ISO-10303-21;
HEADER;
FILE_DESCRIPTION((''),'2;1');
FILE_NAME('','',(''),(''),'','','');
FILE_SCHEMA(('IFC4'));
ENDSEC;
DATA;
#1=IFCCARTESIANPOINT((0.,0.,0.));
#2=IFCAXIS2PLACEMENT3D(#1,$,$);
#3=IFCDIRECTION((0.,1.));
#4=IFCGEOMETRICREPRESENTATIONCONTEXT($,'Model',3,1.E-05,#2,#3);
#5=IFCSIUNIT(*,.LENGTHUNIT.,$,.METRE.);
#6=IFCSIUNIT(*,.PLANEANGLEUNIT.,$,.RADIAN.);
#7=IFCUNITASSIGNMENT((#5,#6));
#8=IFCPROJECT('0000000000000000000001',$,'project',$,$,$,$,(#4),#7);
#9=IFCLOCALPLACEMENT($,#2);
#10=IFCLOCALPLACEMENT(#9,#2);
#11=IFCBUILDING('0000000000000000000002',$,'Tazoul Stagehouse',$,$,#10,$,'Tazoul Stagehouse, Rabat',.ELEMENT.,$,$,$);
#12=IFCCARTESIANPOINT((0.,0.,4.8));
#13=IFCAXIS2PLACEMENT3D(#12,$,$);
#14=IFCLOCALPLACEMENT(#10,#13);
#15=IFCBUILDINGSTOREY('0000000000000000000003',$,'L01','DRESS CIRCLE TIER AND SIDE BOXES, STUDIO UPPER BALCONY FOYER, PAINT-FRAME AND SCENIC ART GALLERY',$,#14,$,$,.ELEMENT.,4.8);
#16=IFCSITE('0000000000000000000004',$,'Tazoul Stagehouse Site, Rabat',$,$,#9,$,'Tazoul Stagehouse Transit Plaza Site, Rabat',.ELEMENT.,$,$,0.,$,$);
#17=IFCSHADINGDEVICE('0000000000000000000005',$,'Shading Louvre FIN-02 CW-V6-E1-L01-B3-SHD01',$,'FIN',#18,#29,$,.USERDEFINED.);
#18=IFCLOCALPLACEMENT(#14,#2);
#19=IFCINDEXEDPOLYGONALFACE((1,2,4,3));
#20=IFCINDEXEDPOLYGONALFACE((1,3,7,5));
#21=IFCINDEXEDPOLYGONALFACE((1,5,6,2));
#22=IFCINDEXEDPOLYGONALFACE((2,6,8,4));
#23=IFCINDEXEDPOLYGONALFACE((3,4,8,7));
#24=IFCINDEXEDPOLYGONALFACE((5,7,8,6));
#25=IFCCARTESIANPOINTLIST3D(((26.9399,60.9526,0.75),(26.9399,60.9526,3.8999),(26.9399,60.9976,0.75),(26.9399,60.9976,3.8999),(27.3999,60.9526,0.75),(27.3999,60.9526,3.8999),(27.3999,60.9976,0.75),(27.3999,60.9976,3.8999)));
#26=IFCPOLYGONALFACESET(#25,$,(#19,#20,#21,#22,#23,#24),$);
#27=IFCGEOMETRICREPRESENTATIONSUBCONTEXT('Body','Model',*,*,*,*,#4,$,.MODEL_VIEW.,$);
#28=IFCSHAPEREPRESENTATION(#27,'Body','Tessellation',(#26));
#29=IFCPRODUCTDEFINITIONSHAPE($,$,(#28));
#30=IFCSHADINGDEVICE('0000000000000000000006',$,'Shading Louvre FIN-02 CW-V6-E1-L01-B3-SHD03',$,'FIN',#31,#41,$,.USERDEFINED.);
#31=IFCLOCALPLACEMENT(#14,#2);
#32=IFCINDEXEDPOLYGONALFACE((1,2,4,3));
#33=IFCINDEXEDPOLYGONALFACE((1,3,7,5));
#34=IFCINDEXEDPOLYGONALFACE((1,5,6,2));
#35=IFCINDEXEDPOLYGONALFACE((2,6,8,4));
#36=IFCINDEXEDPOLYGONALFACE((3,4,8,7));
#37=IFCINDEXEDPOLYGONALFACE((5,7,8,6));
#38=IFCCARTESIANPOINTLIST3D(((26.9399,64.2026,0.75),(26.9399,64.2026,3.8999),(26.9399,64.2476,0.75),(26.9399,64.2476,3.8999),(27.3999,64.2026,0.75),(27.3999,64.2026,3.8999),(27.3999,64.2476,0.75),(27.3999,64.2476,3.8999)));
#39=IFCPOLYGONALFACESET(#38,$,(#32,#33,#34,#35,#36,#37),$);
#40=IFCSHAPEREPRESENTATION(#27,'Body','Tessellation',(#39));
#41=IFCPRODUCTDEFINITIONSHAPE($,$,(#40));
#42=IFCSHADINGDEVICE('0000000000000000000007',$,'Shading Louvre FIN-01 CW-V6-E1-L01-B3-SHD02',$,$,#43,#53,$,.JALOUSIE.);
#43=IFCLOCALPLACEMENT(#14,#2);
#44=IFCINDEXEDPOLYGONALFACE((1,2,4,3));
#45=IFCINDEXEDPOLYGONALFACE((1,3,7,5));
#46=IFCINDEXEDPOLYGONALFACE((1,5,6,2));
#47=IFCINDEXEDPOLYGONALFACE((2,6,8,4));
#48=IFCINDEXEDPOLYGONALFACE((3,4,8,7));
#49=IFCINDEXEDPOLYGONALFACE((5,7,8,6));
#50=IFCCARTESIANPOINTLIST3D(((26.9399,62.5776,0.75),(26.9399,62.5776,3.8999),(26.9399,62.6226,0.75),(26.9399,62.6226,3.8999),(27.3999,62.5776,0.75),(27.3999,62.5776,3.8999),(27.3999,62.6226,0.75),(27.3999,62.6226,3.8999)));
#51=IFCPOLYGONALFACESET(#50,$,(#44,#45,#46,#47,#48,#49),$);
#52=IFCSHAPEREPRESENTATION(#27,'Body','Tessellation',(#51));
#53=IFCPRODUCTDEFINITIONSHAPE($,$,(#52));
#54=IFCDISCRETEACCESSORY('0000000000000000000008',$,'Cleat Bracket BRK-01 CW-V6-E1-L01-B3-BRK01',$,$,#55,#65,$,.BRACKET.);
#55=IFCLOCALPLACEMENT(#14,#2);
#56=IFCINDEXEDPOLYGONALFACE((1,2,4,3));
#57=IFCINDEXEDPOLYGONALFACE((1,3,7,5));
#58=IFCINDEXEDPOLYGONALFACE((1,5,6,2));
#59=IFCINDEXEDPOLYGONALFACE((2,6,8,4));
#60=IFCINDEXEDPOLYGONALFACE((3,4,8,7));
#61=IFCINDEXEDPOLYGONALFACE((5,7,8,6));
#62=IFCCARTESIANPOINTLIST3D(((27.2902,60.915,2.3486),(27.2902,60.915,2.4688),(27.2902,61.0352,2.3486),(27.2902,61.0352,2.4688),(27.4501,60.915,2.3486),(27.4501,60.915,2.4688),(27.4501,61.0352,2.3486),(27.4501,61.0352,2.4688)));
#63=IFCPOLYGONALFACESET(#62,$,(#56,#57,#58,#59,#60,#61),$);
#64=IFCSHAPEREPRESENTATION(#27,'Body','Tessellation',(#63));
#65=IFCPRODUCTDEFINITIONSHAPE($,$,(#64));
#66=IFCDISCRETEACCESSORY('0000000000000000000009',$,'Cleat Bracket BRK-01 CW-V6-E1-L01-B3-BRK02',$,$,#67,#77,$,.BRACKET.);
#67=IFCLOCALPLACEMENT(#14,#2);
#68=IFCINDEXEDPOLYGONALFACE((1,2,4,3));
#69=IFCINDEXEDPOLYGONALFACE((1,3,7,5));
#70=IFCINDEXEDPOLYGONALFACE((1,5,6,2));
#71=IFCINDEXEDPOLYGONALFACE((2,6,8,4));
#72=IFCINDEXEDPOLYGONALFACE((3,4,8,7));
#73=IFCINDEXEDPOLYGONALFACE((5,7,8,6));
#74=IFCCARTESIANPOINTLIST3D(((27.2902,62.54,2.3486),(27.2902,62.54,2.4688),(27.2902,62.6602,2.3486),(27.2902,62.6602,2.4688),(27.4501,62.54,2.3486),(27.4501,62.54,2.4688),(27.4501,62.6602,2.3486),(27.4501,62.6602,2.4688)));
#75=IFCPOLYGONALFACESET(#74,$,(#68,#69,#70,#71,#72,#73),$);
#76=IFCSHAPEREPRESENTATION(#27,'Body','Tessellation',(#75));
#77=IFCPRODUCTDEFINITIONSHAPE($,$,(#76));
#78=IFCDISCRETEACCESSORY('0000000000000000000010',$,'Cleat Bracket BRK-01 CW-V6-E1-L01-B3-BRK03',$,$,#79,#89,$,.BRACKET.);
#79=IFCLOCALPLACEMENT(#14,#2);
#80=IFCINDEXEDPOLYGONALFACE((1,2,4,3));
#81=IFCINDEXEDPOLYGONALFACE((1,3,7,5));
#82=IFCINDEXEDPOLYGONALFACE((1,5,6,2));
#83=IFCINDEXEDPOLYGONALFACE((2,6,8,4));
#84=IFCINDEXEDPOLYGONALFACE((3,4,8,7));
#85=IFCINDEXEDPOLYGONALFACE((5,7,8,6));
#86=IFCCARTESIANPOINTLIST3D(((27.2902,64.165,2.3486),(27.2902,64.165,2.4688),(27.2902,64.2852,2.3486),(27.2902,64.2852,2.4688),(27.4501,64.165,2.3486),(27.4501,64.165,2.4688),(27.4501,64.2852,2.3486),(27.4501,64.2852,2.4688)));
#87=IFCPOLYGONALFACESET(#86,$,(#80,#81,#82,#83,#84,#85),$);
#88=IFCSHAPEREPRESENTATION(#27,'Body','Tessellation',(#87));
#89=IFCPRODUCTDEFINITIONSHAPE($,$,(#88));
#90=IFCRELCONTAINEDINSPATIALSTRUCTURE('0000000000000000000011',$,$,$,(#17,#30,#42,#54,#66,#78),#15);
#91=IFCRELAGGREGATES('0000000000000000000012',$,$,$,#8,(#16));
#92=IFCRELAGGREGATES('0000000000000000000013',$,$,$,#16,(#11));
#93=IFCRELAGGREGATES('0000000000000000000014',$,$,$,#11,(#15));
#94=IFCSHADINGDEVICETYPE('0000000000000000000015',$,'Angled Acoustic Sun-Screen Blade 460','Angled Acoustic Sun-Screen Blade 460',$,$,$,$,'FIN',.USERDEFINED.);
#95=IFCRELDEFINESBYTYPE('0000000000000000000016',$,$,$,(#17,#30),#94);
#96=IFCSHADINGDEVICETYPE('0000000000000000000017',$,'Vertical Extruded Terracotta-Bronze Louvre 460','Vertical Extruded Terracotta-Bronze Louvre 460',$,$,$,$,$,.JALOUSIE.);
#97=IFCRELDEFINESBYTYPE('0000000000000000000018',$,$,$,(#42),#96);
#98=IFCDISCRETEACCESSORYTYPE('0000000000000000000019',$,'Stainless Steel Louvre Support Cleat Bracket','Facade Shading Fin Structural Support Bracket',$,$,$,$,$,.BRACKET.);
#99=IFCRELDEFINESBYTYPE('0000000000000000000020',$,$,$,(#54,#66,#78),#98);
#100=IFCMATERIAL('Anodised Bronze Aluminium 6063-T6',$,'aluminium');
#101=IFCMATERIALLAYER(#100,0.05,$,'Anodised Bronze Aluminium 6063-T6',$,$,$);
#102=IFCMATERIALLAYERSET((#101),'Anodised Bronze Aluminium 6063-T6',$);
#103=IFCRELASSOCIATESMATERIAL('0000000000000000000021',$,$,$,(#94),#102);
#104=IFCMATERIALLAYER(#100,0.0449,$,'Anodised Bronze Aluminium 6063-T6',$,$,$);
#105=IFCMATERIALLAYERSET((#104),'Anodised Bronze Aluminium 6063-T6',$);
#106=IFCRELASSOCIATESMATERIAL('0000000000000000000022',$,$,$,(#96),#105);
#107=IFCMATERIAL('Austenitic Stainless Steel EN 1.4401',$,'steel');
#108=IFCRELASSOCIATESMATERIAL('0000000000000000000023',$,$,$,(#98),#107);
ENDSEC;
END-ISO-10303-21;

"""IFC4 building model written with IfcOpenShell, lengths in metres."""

from ifc_helpers import new_model, si_unit, direction, frame, origin, origin_2d, place, context, subcontext, project, spatial, rectangle, extrude, material, layer, layer_set, type_object, element, save


model = new_model("IFC4")

# Units and contexts
model_context = context("Model", 3, precision=1e-05, world=origin(), true_north=direction((0.0, 1.0)))
body_context = subcontext(model_context, "Body", "Model", "MODEL_VIEW")
ifc_project = project(units=[si_unit("LENGTHUNIT", "METRE"), si_unit("PLANEANGLEUNIT", "RADIAN")], contexts=[model_context])

# Shared definitions
ifc_material_1 = material(Name="Anodised Bronze Aluminium 6063-T6", Category="aluminium")
site_placement = place(None, origin())
building_placement = place(site_placement, origin())
storey_placement = place(building_placement, frame((0.0, 0.0, 4.8)))

# Site, building, storey
site = spatial("IfcSite", under=ifc_project, at=site_placement, Name="Tazoul Stagehouse Site, Rabat", LongName="Tazoul Stagehouse Transit Plaza Site, Rabat", CompositionType="ELEMENT", RefElevation=0.0)
building = spatial("IfcBuilding", under=site, at=building_placement, Name="Tazoul Stagehouse", LongName="Tazoul Stagehouse, Rabat", CompositionType="ELEMENT")
storey = spatial("IfcBuildingStorey", under=building, at=storey_placement, Name="L01", Description="DRESS CIRCLE TIER AND SIDE BOXES, STUDIO UPPER BALCONY FOYER, PAINT-FRAME AND SCENIC ART GALLERY", CompositionType="ELEMENT", Elevation=4.8)

# Shading devices
ifc_layer_1 = layer(ifc_material_1, 0.05, Name="Anodised Bronze Aluminium 6063-T6")
ifc_layer_set_1 = layer_set([ifc_layer_1], Name="Anodised Bronze Aluminium 6063-T6")
shading_device_type_1 = type_object("IfcShadingDeviceType", Name="Angled Acoustic Sun-Screen Blade 460", Description="Angled Acoustic Sun-Screen Blade 460", ElementType="FIN", PredefinedType="USERDEFINED", material=ifc_layer_set_1)
for number, where, z_axis, x_axis, name in (
    (1, (27.1699, 60.9751, 0.75), (0.0, 0.0, 1.0), (0.0, 1.0, 0.0), "Shading Louvre FIN-02 CW-V6-E1-L01-B3-SHD01"),
    (2, (27.1699, 64.2251, 0.75), (0.0, 0.0, 1.0), (0.0, 1.0, 0.0), "Shading Louvre FIN-02 CW-V6-E1-L01-B3-SHD03"),
):
    element("IfcShadingDevice", number, at=place(storey_placement, frame(where, z_axis=z_axis, x_axis=x_axis)), inside=storey, type_object=shading_device_type_1, Name=name, ObjectType="FIN", PredefinedType="USERDEFINED", context=body_context, shape_type="SweptSolid", body=[
        extrude(rectangle(XDim=0.0449, YDim=0.46, at=origin_2d()), origin(), (0.0, 0.0, 1.0), 3.1499),
    ])
ifc_layer_2 = layer(ifc_material_1, 0.0449, Name="Anodised Bronze Aluminium 6063-T6")
ifc_layer_set_2 = layer_set([ifc_layer_2], Name="Anodised Bronze Aluminium 6063-T6")
shading_device_type_2 = type_object("IfcShadingDeviceType", Name="Vertical Extruded Terracotta-Bronze Louvre 460", Description="Vertical Extruded Terracotta-Bronze Louvre 460", PredefinedType="JALOUSIE", material=ifc_layer_set_2)
shading_device_placement = place(storey_placement, frame((27.1699, 62.6001, 0.75), z_axis=(0.0, 0.0, 1.0), x_axis=(0.0, 1.0, 0.0)))
element("IfcShadingDevice", 3, at=shading_device_placement, inside=storey, type_object=shading_device_type_2, Name="Shading Louvre FIN-01 CW-V6-E1-L01-B3-SHD02", PredefinedType="JALOUSIE", context=body_context, shape_type="SweptSolid", body=[
    extrude(rectangle(XDim=0.0449, YDim=0.46, at=origin_2d()), origin(), (0.0, 0.0, 1.0), 3.1499),
])

# Discrete accessories
ifc_material_2 = material(Name="Austenitic Stainless Steel EN 1.4401", Category="steel")
discrete_accessory_type = type_object("IfcDiscreteAccessoryType", Name="Stainless Steel Louvre Support Cleat Bracket", Description="Facade Shading Fin Structural Support Bracket", PredefinedType="BRACKET", material=ifc_material_2)
for number, where, z_axis, x_axis, name in (
    (4, (27.3701, 60.9751, 2.3486), (0.0, 0.0, 1.0), (0.0, 1.0, 0.0), "Cleat Bracket BRK-01 CW-V6-E1-L01-B3-BRK01"),
    (5, (27.3701, 62.6001, 2.3486), (0.0, 0.0, 1.0), (0.0, 1.0, 0.0), "Cleat Bracket BRK-01 CW-V6-E1-L01-B3-BRK02"),
    (6, (27.3701, 64.2251, 2.3486), (0.0, 0.0, 1.0), (0.0, 1.0, 0.0), "Cleat Bracket BRK-01 CW-V6-E1-L01-B3-BRK03"),
):
    element("IfcDiscreteAccessory", number, at=place(storey_placement, frame(where, z_axis=z_axis, x_axis=x_axis)), inside=storey, type_object=discrete_accessory_type, Name=name, PredefinedType="BRACKET", context=body_context, shape_type="SweptSolid", body=[
        extrude(rectangle(XDim=0.1201, YDim=0.1599, at=origin_2d()), origin(), (0.0, 0.0, 1.0), 0.1201),
    ])

save(model, "model.ifc")
